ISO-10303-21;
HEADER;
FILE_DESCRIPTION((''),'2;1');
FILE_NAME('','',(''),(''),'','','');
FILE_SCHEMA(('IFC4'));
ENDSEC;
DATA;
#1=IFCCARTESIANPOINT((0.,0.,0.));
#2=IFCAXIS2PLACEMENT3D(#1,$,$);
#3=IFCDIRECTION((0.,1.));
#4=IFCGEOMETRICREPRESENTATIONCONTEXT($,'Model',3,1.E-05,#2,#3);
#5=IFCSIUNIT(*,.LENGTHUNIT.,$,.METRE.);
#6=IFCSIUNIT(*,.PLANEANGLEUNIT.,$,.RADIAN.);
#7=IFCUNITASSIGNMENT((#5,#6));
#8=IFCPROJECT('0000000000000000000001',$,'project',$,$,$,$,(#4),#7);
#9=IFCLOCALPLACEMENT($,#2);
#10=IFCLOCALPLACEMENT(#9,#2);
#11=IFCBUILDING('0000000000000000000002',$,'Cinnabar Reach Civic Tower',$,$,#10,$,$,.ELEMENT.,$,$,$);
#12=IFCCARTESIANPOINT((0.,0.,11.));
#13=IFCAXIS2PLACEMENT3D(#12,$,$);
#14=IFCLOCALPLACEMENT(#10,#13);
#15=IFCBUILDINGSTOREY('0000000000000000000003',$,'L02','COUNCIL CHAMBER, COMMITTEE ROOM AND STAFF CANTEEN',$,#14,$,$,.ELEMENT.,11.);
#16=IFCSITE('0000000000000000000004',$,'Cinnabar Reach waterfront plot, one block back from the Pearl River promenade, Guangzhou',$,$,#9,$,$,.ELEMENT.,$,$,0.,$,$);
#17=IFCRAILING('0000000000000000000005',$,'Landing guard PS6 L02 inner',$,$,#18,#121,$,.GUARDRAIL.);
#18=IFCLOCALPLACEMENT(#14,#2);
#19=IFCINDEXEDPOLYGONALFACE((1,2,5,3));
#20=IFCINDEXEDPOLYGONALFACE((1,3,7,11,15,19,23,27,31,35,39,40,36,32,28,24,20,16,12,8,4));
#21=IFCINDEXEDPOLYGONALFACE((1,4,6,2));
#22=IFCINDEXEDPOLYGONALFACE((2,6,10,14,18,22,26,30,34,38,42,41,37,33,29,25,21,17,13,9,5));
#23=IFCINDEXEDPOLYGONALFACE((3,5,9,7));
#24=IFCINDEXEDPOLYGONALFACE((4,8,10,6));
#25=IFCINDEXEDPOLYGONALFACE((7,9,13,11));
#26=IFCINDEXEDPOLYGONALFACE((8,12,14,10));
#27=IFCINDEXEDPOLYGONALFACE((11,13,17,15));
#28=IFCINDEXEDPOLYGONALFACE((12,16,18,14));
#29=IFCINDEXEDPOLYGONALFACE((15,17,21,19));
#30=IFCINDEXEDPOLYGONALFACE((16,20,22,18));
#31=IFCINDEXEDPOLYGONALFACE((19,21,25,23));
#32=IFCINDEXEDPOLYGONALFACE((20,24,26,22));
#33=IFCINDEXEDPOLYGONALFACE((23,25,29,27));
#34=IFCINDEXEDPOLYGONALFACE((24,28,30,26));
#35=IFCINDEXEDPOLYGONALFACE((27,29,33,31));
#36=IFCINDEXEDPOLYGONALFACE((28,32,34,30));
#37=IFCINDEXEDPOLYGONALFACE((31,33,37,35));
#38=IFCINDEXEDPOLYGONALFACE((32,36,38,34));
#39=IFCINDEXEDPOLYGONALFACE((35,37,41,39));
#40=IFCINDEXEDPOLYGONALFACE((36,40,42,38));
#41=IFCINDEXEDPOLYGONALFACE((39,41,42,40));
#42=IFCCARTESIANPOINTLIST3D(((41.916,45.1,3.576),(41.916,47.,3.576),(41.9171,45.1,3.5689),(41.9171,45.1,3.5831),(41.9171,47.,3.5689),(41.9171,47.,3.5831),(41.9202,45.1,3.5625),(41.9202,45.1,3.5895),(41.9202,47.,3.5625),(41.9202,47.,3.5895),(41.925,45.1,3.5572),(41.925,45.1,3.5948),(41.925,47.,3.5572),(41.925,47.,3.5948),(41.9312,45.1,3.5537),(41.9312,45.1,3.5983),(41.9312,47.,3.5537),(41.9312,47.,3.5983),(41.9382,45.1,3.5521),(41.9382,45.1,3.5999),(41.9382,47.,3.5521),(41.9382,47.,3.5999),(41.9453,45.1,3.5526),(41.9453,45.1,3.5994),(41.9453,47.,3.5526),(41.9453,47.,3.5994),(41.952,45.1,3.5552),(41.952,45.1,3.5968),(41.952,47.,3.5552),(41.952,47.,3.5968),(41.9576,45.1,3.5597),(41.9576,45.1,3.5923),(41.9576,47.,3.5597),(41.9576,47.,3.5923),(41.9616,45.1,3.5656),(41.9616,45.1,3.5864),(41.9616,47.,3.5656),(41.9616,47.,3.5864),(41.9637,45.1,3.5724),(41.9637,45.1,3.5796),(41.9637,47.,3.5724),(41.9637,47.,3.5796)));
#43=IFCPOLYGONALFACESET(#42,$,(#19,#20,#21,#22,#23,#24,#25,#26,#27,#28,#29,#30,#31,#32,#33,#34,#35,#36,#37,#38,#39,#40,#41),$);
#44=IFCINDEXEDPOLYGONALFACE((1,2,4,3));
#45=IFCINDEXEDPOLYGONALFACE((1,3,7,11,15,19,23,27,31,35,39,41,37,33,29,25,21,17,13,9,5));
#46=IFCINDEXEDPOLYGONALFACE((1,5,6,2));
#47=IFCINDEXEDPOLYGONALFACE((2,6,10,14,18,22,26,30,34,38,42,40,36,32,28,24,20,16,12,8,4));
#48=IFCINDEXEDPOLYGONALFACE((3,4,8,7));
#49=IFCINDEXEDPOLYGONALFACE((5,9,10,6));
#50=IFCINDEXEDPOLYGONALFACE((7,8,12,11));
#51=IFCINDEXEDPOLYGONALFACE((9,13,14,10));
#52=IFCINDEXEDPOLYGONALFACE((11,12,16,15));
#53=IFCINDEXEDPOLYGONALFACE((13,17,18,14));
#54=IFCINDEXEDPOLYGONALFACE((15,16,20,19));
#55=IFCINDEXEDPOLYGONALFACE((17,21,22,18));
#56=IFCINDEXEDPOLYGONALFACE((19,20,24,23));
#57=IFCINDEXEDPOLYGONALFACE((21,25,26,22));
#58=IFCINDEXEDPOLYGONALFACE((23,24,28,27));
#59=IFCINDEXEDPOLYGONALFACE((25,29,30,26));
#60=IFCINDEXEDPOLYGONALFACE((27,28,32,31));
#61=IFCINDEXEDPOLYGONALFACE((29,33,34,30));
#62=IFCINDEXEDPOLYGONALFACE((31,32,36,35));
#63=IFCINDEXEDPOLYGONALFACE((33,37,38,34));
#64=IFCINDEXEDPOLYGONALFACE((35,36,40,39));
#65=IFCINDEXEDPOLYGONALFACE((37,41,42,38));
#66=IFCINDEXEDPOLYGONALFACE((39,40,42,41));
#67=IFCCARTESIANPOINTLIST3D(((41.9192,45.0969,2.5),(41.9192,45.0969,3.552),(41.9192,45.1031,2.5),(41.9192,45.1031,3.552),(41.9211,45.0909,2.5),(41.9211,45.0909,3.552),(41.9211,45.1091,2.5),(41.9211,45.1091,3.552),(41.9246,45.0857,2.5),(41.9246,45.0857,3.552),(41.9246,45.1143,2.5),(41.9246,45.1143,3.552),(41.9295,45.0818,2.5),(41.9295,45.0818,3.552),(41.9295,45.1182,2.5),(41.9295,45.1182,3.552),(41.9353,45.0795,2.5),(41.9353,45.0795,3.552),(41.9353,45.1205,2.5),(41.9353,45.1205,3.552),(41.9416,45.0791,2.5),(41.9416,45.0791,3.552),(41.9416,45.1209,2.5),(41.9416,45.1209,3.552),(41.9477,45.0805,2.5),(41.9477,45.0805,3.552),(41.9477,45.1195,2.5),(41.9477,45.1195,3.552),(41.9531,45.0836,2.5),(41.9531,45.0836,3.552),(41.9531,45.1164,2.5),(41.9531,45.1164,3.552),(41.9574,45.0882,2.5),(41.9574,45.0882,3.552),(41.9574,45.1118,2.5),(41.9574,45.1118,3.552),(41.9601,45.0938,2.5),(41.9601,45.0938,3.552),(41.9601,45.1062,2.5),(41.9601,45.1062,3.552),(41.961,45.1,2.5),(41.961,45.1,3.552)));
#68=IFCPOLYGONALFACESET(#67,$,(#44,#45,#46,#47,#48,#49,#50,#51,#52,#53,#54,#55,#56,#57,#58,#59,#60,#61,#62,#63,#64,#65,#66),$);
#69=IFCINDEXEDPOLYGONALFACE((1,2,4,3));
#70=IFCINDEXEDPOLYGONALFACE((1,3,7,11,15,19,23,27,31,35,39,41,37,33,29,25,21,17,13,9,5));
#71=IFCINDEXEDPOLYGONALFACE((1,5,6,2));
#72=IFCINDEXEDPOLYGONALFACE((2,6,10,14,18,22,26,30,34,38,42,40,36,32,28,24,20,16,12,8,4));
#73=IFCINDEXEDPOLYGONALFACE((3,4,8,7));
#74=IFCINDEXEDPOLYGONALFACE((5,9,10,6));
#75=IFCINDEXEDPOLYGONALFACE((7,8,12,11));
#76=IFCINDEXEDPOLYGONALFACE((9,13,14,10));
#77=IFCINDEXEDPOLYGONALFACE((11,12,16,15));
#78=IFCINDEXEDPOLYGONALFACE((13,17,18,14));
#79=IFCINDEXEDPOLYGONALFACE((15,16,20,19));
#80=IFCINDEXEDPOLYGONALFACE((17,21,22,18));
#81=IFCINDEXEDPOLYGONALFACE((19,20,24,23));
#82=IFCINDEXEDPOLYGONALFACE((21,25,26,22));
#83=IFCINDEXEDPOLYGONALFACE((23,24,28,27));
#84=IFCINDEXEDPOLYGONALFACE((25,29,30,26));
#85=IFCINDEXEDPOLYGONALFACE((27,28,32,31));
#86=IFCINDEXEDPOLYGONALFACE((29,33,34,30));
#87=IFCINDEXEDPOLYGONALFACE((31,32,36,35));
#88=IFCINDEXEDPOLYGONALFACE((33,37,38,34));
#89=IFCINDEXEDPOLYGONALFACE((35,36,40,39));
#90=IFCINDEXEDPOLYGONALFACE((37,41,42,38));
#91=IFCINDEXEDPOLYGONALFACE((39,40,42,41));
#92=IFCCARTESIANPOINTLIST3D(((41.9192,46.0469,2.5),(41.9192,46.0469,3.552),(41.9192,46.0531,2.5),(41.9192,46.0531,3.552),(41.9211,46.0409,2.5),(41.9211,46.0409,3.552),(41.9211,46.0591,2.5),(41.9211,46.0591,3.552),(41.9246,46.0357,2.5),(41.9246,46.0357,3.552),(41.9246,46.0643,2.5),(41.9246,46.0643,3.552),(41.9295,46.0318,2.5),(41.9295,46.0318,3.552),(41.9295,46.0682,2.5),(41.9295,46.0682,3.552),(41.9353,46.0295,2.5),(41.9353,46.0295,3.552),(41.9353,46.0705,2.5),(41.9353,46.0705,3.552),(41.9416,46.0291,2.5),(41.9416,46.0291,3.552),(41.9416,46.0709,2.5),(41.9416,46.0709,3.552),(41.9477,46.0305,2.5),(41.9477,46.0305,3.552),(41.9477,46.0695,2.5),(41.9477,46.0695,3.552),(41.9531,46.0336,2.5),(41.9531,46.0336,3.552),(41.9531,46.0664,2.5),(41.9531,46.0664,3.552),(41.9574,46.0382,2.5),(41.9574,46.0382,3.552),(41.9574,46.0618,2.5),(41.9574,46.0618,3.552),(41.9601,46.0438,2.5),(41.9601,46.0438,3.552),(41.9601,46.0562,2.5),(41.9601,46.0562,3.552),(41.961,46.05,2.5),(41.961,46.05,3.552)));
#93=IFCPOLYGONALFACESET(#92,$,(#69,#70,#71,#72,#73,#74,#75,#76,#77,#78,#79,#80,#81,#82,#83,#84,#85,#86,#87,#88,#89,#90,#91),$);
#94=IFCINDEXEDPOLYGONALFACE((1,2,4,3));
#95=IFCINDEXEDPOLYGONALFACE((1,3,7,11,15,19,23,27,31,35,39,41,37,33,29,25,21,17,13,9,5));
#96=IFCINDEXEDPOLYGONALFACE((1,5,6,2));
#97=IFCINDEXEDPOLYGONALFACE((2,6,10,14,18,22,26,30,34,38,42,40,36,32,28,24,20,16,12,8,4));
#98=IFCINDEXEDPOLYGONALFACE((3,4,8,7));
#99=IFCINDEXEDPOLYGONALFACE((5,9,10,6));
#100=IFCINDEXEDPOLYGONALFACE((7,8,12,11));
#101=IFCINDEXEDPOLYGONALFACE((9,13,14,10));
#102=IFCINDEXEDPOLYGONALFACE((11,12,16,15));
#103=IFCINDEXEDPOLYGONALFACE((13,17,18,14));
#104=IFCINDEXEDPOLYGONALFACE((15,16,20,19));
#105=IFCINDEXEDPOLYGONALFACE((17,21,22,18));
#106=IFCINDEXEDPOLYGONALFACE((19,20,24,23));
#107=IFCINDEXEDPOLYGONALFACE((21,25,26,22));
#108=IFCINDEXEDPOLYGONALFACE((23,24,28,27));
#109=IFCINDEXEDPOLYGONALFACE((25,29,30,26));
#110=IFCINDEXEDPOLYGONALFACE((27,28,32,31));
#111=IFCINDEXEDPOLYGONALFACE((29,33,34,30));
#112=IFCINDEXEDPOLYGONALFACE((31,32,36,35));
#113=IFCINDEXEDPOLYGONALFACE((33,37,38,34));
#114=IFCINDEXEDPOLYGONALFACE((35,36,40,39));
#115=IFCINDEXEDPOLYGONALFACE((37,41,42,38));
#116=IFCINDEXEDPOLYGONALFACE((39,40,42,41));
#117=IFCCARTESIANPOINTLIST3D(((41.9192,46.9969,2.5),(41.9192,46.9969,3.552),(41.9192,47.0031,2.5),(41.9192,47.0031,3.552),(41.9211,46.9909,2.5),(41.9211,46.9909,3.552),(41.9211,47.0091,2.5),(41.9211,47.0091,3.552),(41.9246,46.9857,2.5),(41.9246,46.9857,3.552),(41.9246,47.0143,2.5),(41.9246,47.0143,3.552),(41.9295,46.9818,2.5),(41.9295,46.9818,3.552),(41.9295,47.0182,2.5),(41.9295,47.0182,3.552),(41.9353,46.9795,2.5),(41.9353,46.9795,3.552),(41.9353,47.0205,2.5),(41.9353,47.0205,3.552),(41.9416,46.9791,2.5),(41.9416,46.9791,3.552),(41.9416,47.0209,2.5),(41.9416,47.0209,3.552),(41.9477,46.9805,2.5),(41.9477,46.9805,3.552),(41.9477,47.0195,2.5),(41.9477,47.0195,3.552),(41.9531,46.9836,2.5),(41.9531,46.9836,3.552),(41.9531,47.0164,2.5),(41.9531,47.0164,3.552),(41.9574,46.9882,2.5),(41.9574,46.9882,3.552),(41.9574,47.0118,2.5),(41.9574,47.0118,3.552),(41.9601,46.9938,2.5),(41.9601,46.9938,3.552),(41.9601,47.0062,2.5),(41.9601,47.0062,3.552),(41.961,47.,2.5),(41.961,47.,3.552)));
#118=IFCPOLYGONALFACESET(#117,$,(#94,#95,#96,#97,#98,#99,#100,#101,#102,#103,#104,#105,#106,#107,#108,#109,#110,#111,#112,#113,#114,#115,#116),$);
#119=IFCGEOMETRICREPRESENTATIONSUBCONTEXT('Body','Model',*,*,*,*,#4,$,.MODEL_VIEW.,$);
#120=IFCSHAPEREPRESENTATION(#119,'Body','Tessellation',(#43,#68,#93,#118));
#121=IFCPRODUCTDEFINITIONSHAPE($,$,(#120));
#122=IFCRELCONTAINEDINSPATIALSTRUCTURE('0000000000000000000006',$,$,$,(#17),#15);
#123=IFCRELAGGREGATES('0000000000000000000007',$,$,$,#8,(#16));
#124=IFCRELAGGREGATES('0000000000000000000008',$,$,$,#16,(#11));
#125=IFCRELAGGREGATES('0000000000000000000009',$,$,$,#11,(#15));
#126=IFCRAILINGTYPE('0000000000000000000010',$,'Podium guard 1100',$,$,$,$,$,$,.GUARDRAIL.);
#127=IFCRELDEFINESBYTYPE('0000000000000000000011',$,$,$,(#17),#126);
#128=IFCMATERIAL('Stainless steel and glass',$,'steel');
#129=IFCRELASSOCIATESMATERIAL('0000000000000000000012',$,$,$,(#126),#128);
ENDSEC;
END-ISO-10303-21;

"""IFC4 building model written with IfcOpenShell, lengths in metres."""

from ifc_helpers import new_model, si_unit, direction, frame, origin, origin_2d, place, context, subcontext, project, spatial, circle, extrude, material, type_object, element, save


model = new_model("IFC4")

# Units and contexts
model_context = context("Model", 3, precision=1e-05, world=origin(), true_north=direction((0.0, 1.0)))
body_context = subcontext(model_context, "Body", "Model", "MODEL_VIEW")
ifc_project = project(units=[si_unit("LENGTHUNIT", "METRE"), si_unit("PLANEANGLEUNIT", "RADIAN")], contexts=[model_context])

# Site, building, storey
site_placement = place(None, origin())
site = spatial("IfcSite", under=ifc_project, at=site_placement, Name="Cinnabar Reach waterfront plot, one block back from the Pearl River promenade, Guangzhou", CompositionType="ELEMENT", RefElevation=0.0)
building_placement = place(site_placement, origin())
building = spatial("IfcBuilding", under=site, at=building_placement, Name="Cinnabar Reach Civic Tower", CompositionType="ELEMENT")
storey_placement = place(building_placement, frame((0.0, 0.0, 11.0)))
storey = spatial("IfcBuildingStorey", under=building, at=storey_placement, Name="L02", Description="COUNCIL CHAMBER, COMMITTEE ROOM AND STAFF CANTEEN", CompositionType="ELEMENT", Elevation=11.0)

# Railing
ifc_material_1 = material(Name="Stainless steel and glass", Category="steel")
railing_type_1 = type_object("IfcRailingType", Name="Podium guard 1100", PredefinedType="GUARDRAIL", material=ifc_material_1)
railing_1_placement = place(storey_placement, frame((41.94, 45.1, 2.5)))
element("IfcRailing", 1, at=railing_1_placement, inside=storey, type_object=railing_type_1, Name="Landing guard PS6 L02 inner", PredefinedType="GUARDRAIL", context=body_context, shape_type="SweptSolid", body=[
    extrude(circle(Radius=0.024, at=origin_2d()), frame((0.0, 0.0, 1.076), z_axis=(0.0, 1.0, 0.0), x_axis=(-1.0, 0.0, 0.0)), (0.0, 0.0, 1.0), 1.9),
    extrude(circle(Radius=0.021, at=origin_2d()), origin(), (0.0, 0.0, 1.0), 1.052),
    extrude(circle(Radius=0.021, at=origin_2d()), frame((0.0, 0.95, 0.0)), (0.0, 0.0, 1.0), 1.052),
    extrude(circle(Radius=0.021, at=origin_2d()), frame((0.0, 1.9, 0.0)), (0.0, 0.0, 1.0), 1.052),
])

save(model, "model.ifc")
